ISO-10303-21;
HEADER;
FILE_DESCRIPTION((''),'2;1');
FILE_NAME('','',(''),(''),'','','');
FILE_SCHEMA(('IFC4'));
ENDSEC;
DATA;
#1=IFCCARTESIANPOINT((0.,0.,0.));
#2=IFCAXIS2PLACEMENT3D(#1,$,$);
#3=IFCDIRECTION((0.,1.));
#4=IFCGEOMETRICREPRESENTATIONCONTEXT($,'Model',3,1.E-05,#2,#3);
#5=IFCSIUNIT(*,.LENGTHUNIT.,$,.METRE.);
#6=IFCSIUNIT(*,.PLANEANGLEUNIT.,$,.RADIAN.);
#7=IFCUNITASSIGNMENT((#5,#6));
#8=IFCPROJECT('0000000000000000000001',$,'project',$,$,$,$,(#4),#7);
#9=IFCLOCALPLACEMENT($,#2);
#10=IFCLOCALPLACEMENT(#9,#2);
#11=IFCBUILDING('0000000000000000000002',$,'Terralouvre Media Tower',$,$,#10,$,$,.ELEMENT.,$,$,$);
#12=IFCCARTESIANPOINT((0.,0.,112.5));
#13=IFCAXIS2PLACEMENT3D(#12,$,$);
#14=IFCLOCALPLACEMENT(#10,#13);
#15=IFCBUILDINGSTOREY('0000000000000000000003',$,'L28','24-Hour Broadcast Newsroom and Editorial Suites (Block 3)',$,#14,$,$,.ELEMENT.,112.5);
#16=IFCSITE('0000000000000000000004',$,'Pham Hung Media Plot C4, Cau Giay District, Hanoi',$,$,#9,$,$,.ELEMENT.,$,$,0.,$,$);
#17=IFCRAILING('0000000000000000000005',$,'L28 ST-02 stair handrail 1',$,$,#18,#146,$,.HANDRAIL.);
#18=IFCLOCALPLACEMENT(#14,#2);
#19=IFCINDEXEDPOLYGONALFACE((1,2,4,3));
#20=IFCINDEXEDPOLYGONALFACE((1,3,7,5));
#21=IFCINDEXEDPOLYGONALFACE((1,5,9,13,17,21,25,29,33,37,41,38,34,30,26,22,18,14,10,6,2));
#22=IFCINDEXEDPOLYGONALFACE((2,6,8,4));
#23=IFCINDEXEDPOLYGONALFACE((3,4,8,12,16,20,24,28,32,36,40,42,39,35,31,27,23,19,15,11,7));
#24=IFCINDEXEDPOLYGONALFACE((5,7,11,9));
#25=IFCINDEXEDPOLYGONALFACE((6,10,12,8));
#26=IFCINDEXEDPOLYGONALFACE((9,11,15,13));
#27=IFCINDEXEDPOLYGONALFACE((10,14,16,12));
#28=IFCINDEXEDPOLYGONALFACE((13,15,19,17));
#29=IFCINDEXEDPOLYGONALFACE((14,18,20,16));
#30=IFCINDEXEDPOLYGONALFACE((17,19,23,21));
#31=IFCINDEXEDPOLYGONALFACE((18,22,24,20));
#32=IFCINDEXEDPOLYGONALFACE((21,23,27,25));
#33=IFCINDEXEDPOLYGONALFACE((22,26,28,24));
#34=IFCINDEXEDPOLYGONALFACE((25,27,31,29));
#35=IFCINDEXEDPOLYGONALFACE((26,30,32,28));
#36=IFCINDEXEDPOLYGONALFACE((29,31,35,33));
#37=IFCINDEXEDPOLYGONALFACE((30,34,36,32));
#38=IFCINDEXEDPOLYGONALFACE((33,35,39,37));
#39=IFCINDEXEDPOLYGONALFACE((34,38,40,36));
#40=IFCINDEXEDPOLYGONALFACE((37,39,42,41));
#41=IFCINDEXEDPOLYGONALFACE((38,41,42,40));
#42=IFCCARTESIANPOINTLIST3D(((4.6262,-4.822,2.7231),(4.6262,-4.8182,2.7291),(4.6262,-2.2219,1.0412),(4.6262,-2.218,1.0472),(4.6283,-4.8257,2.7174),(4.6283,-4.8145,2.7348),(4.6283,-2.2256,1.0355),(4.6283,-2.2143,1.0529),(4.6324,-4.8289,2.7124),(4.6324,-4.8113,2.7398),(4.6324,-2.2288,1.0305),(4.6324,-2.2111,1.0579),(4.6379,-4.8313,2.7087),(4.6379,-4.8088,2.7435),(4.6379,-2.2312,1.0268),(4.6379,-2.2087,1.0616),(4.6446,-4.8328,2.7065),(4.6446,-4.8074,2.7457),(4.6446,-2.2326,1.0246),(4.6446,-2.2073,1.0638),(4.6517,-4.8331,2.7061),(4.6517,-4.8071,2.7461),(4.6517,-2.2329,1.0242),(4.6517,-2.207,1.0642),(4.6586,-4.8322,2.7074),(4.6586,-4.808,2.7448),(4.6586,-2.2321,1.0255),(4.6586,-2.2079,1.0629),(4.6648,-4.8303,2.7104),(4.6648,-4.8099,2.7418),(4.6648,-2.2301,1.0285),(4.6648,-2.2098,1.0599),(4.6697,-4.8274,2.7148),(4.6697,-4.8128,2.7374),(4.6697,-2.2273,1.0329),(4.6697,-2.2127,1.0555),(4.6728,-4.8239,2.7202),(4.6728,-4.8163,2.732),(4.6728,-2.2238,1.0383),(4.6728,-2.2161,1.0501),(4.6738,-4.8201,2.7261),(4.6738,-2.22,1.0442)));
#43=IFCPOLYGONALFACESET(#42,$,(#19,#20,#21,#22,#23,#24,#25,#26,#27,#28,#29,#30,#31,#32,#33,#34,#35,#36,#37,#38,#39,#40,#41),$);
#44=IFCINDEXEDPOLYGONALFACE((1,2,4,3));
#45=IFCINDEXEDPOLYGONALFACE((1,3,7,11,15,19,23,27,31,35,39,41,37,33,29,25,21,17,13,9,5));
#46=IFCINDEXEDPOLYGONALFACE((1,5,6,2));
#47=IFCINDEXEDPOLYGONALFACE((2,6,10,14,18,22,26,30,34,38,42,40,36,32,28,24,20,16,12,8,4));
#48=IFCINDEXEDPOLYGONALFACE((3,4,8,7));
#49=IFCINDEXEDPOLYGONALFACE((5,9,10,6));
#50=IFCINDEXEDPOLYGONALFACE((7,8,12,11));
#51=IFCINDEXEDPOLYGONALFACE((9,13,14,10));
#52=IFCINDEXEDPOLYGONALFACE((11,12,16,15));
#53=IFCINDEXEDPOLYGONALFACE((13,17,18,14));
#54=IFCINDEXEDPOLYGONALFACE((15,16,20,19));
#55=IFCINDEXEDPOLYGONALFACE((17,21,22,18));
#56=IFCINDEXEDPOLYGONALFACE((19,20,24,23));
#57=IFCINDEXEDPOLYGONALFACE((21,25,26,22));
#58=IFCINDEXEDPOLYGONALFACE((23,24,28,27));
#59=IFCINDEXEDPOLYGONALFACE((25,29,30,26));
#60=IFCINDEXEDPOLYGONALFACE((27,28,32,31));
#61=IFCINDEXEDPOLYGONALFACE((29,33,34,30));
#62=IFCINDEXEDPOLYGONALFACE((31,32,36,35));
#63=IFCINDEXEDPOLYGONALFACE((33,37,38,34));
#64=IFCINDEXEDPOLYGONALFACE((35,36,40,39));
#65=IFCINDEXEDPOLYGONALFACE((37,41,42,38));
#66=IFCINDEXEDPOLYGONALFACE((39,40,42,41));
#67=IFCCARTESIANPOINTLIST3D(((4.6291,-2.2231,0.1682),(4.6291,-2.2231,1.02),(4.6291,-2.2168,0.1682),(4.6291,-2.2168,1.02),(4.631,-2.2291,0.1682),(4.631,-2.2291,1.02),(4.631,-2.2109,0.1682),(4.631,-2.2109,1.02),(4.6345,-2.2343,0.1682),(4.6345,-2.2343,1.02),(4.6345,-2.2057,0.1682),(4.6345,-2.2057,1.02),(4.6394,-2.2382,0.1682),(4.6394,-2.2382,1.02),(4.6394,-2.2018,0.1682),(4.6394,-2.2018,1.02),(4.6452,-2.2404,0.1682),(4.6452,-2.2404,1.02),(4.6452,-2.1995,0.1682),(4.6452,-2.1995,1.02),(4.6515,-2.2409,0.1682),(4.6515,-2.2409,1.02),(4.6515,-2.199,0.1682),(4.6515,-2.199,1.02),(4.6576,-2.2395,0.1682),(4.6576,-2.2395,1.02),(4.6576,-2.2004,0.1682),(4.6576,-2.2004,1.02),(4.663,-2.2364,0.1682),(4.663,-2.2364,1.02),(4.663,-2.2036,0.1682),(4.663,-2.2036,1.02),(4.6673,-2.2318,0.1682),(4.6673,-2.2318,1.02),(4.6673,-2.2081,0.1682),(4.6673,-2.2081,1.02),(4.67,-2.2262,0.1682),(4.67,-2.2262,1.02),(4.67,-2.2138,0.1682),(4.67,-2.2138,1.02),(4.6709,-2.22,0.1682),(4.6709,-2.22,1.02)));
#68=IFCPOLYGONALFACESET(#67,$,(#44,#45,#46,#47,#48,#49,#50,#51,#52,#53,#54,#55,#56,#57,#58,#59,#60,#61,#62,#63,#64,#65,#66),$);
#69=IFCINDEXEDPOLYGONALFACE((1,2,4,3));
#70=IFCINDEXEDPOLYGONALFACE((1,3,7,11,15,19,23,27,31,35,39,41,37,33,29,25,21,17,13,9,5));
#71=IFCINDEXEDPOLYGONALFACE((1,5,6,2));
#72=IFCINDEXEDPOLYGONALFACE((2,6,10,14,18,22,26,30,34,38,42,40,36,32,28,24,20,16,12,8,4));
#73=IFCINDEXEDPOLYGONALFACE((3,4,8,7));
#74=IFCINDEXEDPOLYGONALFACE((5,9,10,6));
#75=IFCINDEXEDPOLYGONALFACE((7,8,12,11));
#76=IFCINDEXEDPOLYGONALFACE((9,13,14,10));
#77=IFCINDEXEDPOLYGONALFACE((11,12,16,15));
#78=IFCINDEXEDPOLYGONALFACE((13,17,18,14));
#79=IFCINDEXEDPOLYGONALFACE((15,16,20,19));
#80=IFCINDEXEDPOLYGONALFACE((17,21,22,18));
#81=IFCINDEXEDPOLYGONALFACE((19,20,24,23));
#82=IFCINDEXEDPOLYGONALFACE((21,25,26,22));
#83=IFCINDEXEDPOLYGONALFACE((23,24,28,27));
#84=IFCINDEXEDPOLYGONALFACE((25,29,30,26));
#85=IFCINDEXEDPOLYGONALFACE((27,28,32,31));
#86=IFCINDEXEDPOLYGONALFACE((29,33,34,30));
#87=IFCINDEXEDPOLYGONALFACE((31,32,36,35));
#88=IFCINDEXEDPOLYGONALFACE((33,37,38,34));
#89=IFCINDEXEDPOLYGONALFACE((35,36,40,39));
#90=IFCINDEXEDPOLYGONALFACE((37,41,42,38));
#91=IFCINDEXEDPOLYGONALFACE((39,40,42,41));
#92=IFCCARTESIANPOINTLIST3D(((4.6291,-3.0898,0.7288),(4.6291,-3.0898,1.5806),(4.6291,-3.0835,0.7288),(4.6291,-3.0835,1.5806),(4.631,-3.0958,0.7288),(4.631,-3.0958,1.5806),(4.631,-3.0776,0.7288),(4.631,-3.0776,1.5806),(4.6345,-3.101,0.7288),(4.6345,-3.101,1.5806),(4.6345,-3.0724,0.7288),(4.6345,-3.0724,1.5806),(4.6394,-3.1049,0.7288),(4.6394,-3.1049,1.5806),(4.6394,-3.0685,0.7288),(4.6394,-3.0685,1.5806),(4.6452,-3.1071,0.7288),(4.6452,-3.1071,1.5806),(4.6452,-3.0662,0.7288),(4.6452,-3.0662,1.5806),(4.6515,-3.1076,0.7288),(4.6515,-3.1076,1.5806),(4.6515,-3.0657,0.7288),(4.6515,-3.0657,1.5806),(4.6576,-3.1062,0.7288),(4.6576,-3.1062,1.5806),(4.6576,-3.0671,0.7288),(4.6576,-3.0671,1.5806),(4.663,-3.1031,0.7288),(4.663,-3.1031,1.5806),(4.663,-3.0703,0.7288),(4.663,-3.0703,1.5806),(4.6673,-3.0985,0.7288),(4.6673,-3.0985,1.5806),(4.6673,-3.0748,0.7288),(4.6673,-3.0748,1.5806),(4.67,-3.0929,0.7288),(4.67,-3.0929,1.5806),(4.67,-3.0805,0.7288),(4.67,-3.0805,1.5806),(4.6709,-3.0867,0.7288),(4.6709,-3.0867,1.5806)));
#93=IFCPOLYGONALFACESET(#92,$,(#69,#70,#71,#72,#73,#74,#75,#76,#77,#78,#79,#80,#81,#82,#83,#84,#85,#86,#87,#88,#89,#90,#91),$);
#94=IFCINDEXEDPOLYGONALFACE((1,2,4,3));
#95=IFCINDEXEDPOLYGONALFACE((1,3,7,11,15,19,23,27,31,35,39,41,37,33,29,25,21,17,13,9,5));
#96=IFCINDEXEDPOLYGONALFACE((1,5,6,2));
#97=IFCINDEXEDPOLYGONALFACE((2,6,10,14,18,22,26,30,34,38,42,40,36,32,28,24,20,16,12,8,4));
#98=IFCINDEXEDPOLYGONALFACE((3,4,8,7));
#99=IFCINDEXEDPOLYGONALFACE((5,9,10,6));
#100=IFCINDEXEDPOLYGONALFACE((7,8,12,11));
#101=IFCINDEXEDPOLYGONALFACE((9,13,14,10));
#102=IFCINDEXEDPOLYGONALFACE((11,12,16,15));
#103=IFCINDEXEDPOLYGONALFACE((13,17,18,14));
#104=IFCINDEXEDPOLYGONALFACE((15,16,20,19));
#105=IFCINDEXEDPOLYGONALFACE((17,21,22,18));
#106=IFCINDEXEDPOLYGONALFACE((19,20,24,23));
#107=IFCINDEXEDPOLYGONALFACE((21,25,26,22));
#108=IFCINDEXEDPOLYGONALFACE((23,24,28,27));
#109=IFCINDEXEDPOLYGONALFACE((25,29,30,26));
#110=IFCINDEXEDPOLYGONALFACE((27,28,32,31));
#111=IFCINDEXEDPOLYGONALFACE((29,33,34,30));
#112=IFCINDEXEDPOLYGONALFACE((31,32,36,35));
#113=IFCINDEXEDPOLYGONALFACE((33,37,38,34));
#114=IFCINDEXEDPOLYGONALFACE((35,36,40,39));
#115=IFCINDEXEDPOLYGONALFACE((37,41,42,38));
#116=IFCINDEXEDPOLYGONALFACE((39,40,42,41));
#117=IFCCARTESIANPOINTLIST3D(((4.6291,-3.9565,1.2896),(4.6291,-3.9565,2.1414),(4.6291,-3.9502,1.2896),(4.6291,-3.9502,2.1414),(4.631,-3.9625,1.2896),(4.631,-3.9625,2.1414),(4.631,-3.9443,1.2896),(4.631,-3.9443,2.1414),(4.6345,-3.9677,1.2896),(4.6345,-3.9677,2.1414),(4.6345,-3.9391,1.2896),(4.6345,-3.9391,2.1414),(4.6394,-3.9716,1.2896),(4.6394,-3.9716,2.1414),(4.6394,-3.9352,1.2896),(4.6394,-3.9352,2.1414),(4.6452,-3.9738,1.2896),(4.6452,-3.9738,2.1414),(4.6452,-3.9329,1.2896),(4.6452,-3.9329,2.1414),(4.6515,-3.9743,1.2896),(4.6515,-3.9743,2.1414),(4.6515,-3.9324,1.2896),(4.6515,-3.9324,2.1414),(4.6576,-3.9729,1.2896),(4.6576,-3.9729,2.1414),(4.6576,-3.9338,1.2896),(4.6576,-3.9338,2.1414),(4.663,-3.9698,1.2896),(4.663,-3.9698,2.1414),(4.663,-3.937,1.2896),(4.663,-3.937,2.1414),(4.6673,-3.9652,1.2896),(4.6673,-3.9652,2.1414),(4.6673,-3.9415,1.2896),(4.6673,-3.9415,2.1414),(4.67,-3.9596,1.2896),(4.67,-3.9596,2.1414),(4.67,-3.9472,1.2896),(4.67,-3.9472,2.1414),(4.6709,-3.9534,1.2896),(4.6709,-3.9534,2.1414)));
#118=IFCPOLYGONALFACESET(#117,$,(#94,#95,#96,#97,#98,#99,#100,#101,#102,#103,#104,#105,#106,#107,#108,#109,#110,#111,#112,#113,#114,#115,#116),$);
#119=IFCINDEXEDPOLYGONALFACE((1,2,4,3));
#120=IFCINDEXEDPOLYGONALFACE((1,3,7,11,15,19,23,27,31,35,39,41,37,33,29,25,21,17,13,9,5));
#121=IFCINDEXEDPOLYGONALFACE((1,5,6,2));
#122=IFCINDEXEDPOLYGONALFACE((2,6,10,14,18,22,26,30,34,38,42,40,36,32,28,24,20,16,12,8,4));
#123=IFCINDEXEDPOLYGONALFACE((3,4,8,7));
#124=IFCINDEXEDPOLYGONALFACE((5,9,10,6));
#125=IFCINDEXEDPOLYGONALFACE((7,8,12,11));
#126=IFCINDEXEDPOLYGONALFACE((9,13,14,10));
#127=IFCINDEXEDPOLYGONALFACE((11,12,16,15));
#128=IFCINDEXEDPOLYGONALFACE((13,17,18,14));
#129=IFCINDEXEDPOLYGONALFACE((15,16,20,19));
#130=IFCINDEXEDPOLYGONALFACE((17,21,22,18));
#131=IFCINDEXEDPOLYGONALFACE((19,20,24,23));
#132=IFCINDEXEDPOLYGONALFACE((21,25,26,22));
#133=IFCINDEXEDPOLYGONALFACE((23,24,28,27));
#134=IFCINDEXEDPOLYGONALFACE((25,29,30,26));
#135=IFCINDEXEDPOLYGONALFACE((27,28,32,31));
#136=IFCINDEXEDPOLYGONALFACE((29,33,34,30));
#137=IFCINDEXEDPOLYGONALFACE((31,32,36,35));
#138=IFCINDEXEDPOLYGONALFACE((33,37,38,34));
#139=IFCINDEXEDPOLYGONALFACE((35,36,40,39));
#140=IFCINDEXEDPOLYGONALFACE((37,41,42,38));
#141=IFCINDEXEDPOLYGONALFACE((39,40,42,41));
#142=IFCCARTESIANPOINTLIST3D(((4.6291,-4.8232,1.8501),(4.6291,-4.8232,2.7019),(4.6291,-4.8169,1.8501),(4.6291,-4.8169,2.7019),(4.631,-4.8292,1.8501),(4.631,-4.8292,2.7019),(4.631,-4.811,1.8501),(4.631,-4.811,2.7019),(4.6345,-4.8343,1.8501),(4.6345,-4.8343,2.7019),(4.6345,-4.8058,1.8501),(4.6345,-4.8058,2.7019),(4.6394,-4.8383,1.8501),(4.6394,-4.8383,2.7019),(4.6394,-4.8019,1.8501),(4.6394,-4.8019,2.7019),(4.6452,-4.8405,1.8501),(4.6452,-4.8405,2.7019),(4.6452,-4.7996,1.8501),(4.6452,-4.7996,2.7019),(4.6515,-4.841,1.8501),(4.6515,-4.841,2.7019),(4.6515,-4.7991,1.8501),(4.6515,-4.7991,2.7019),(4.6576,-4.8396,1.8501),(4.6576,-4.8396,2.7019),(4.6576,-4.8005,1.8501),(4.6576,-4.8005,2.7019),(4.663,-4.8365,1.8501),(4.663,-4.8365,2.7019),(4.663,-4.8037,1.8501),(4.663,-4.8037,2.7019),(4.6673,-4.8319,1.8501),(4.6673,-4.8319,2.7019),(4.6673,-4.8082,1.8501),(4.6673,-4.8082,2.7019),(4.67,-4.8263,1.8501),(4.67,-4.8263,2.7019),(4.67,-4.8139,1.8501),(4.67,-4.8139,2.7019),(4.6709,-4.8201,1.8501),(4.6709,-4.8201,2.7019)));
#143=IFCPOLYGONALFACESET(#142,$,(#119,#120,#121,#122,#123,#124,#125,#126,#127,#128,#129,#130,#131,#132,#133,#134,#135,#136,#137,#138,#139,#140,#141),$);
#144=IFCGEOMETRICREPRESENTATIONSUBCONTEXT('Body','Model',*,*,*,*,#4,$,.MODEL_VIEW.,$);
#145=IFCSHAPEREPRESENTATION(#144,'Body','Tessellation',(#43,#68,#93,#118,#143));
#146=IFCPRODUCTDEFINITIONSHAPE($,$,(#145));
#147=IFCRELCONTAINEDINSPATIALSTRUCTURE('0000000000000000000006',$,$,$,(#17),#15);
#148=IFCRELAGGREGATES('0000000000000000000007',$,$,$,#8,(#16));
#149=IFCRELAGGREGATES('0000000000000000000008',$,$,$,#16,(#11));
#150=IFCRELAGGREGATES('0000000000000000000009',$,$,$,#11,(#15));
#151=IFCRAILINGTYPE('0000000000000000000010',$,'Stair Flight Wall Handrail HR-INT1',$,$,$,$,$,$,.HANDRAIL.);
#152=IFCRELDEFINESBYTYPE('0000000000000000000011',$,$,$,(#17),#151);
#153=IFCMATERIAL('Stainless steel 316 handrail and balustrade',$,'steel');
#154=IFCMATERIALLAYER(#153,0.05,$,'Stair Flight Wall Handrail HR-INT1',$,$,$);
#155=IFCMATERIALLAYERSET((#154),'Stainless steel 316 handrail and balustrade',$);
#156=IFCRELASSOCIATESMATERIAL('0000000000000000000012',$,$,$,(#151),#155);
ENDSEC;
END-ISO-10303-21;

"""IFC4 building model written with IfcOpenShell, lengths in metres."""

from ifc_helpers import new_model, si_unit, direction, frame, origin, origin_2d, place, context, subcontext, project, spatial, circle, extrude, material, layer, layer_set, type_object, element, save


model = new_model("IFC4")

# Units and contexts
model_context = context("Model", 3, precision=1e-05, world=origin(), true_north=direction((0.0, 1.0)))
body_context = subcontext(model_context, "Body", "Model", "MODEL_VIEW")
ifc_project = project(units=[si_unit("LENGTHUNIT", "METRE"), si_unit("PLANEANGLEUNIT", "RADIAN")], contexts=[model_context])

# Site, building, storey
site_placement = place(None, origin())
site = spatial("IfcSite", under=ifc_project, at=site_placement, Name="Pham Hung Media Plot C4, Cau Giay District, Hanoi", CompositionType="ELEMENT", RefElevation=0.0)
building_placement = place(site_placement, origin())
building = spatial("IfcBuilding", under=site, at=building_placement, Name="Terralouvre Media Tower", CompositionType="ELEMENT")
storey_placement = place(building_placement, frame((0.0, 0.0, 112.5)))
storey = spatial("IfcBuildingStorey", under=building, at=storey_placement, Name="L28", Description="24-Hour Broadcast Newsroom and Editorial Suites (Block 3)", CompositionType="ELEMENT", Elevation=112.5)

# Railing
ifc_material_1 = material(Name="Stainless steel 316 handrail and balustrade", Category="steel")
ifc_layer_1 = layer(ifc_material_1, 0.05, Name="Stair Flight Wall Handrail HR-INT1")
ifc_layer_set_1 = layer_set([ifc_layer_1], Name="Stainless steel 316 handrail and balustrade")
railing_type_1 = type_object("IfcRailingType", Name="Stair Flight Wall Handrail HR-INT1", PredefinedType="HANDRAIL", material=ifc_layer_set_1)
railing_1_placement = place(storey_placement, frame((4.6499, -2.22, 0.1682)))
element("IfcRailing", 1, at=railing_1_placement, inside=storey, type_object=railing_type_1, Name="L28 ST-02 stair handrail 1", PredefinedType="HANDRAIL", context=body_context, shape_type="SweptSolid", body=[
    extrude(circle(Radius=0.0239, at=origin_2d()), frame((0.0, 0.0, 0.876), z_axis=(0.0, -0.839648, 0.54313), x_axis=(1.0, 0.0, 0.0)), (0.0, 0.0, 1.0), 3.0967),
    extrude(circle(Radius=0.021, at=origin_2d()), origin(), (0.0, 0.0, 1.0), 0.8518),
    extrude(circle(Radius=0.021, at=origin_2d()), frame((0.0, -0.8667, 0.5605)), (0.0, 0.0, 1.0), 0.8518),
    extrude(circle(Radius=0.021, at=origin_2d()), frame((0.0, -1.7334, 1.1213)), (0.0, 0.0, 1.0), 0.8518),
    extrude(circle(Radius=0.021, at=origin_2d()), frame((0.0, -2.6001, 1.6819)), (0.0, 0.0, 1.0), 0.8518),
])

save(model, "model.ifc")
